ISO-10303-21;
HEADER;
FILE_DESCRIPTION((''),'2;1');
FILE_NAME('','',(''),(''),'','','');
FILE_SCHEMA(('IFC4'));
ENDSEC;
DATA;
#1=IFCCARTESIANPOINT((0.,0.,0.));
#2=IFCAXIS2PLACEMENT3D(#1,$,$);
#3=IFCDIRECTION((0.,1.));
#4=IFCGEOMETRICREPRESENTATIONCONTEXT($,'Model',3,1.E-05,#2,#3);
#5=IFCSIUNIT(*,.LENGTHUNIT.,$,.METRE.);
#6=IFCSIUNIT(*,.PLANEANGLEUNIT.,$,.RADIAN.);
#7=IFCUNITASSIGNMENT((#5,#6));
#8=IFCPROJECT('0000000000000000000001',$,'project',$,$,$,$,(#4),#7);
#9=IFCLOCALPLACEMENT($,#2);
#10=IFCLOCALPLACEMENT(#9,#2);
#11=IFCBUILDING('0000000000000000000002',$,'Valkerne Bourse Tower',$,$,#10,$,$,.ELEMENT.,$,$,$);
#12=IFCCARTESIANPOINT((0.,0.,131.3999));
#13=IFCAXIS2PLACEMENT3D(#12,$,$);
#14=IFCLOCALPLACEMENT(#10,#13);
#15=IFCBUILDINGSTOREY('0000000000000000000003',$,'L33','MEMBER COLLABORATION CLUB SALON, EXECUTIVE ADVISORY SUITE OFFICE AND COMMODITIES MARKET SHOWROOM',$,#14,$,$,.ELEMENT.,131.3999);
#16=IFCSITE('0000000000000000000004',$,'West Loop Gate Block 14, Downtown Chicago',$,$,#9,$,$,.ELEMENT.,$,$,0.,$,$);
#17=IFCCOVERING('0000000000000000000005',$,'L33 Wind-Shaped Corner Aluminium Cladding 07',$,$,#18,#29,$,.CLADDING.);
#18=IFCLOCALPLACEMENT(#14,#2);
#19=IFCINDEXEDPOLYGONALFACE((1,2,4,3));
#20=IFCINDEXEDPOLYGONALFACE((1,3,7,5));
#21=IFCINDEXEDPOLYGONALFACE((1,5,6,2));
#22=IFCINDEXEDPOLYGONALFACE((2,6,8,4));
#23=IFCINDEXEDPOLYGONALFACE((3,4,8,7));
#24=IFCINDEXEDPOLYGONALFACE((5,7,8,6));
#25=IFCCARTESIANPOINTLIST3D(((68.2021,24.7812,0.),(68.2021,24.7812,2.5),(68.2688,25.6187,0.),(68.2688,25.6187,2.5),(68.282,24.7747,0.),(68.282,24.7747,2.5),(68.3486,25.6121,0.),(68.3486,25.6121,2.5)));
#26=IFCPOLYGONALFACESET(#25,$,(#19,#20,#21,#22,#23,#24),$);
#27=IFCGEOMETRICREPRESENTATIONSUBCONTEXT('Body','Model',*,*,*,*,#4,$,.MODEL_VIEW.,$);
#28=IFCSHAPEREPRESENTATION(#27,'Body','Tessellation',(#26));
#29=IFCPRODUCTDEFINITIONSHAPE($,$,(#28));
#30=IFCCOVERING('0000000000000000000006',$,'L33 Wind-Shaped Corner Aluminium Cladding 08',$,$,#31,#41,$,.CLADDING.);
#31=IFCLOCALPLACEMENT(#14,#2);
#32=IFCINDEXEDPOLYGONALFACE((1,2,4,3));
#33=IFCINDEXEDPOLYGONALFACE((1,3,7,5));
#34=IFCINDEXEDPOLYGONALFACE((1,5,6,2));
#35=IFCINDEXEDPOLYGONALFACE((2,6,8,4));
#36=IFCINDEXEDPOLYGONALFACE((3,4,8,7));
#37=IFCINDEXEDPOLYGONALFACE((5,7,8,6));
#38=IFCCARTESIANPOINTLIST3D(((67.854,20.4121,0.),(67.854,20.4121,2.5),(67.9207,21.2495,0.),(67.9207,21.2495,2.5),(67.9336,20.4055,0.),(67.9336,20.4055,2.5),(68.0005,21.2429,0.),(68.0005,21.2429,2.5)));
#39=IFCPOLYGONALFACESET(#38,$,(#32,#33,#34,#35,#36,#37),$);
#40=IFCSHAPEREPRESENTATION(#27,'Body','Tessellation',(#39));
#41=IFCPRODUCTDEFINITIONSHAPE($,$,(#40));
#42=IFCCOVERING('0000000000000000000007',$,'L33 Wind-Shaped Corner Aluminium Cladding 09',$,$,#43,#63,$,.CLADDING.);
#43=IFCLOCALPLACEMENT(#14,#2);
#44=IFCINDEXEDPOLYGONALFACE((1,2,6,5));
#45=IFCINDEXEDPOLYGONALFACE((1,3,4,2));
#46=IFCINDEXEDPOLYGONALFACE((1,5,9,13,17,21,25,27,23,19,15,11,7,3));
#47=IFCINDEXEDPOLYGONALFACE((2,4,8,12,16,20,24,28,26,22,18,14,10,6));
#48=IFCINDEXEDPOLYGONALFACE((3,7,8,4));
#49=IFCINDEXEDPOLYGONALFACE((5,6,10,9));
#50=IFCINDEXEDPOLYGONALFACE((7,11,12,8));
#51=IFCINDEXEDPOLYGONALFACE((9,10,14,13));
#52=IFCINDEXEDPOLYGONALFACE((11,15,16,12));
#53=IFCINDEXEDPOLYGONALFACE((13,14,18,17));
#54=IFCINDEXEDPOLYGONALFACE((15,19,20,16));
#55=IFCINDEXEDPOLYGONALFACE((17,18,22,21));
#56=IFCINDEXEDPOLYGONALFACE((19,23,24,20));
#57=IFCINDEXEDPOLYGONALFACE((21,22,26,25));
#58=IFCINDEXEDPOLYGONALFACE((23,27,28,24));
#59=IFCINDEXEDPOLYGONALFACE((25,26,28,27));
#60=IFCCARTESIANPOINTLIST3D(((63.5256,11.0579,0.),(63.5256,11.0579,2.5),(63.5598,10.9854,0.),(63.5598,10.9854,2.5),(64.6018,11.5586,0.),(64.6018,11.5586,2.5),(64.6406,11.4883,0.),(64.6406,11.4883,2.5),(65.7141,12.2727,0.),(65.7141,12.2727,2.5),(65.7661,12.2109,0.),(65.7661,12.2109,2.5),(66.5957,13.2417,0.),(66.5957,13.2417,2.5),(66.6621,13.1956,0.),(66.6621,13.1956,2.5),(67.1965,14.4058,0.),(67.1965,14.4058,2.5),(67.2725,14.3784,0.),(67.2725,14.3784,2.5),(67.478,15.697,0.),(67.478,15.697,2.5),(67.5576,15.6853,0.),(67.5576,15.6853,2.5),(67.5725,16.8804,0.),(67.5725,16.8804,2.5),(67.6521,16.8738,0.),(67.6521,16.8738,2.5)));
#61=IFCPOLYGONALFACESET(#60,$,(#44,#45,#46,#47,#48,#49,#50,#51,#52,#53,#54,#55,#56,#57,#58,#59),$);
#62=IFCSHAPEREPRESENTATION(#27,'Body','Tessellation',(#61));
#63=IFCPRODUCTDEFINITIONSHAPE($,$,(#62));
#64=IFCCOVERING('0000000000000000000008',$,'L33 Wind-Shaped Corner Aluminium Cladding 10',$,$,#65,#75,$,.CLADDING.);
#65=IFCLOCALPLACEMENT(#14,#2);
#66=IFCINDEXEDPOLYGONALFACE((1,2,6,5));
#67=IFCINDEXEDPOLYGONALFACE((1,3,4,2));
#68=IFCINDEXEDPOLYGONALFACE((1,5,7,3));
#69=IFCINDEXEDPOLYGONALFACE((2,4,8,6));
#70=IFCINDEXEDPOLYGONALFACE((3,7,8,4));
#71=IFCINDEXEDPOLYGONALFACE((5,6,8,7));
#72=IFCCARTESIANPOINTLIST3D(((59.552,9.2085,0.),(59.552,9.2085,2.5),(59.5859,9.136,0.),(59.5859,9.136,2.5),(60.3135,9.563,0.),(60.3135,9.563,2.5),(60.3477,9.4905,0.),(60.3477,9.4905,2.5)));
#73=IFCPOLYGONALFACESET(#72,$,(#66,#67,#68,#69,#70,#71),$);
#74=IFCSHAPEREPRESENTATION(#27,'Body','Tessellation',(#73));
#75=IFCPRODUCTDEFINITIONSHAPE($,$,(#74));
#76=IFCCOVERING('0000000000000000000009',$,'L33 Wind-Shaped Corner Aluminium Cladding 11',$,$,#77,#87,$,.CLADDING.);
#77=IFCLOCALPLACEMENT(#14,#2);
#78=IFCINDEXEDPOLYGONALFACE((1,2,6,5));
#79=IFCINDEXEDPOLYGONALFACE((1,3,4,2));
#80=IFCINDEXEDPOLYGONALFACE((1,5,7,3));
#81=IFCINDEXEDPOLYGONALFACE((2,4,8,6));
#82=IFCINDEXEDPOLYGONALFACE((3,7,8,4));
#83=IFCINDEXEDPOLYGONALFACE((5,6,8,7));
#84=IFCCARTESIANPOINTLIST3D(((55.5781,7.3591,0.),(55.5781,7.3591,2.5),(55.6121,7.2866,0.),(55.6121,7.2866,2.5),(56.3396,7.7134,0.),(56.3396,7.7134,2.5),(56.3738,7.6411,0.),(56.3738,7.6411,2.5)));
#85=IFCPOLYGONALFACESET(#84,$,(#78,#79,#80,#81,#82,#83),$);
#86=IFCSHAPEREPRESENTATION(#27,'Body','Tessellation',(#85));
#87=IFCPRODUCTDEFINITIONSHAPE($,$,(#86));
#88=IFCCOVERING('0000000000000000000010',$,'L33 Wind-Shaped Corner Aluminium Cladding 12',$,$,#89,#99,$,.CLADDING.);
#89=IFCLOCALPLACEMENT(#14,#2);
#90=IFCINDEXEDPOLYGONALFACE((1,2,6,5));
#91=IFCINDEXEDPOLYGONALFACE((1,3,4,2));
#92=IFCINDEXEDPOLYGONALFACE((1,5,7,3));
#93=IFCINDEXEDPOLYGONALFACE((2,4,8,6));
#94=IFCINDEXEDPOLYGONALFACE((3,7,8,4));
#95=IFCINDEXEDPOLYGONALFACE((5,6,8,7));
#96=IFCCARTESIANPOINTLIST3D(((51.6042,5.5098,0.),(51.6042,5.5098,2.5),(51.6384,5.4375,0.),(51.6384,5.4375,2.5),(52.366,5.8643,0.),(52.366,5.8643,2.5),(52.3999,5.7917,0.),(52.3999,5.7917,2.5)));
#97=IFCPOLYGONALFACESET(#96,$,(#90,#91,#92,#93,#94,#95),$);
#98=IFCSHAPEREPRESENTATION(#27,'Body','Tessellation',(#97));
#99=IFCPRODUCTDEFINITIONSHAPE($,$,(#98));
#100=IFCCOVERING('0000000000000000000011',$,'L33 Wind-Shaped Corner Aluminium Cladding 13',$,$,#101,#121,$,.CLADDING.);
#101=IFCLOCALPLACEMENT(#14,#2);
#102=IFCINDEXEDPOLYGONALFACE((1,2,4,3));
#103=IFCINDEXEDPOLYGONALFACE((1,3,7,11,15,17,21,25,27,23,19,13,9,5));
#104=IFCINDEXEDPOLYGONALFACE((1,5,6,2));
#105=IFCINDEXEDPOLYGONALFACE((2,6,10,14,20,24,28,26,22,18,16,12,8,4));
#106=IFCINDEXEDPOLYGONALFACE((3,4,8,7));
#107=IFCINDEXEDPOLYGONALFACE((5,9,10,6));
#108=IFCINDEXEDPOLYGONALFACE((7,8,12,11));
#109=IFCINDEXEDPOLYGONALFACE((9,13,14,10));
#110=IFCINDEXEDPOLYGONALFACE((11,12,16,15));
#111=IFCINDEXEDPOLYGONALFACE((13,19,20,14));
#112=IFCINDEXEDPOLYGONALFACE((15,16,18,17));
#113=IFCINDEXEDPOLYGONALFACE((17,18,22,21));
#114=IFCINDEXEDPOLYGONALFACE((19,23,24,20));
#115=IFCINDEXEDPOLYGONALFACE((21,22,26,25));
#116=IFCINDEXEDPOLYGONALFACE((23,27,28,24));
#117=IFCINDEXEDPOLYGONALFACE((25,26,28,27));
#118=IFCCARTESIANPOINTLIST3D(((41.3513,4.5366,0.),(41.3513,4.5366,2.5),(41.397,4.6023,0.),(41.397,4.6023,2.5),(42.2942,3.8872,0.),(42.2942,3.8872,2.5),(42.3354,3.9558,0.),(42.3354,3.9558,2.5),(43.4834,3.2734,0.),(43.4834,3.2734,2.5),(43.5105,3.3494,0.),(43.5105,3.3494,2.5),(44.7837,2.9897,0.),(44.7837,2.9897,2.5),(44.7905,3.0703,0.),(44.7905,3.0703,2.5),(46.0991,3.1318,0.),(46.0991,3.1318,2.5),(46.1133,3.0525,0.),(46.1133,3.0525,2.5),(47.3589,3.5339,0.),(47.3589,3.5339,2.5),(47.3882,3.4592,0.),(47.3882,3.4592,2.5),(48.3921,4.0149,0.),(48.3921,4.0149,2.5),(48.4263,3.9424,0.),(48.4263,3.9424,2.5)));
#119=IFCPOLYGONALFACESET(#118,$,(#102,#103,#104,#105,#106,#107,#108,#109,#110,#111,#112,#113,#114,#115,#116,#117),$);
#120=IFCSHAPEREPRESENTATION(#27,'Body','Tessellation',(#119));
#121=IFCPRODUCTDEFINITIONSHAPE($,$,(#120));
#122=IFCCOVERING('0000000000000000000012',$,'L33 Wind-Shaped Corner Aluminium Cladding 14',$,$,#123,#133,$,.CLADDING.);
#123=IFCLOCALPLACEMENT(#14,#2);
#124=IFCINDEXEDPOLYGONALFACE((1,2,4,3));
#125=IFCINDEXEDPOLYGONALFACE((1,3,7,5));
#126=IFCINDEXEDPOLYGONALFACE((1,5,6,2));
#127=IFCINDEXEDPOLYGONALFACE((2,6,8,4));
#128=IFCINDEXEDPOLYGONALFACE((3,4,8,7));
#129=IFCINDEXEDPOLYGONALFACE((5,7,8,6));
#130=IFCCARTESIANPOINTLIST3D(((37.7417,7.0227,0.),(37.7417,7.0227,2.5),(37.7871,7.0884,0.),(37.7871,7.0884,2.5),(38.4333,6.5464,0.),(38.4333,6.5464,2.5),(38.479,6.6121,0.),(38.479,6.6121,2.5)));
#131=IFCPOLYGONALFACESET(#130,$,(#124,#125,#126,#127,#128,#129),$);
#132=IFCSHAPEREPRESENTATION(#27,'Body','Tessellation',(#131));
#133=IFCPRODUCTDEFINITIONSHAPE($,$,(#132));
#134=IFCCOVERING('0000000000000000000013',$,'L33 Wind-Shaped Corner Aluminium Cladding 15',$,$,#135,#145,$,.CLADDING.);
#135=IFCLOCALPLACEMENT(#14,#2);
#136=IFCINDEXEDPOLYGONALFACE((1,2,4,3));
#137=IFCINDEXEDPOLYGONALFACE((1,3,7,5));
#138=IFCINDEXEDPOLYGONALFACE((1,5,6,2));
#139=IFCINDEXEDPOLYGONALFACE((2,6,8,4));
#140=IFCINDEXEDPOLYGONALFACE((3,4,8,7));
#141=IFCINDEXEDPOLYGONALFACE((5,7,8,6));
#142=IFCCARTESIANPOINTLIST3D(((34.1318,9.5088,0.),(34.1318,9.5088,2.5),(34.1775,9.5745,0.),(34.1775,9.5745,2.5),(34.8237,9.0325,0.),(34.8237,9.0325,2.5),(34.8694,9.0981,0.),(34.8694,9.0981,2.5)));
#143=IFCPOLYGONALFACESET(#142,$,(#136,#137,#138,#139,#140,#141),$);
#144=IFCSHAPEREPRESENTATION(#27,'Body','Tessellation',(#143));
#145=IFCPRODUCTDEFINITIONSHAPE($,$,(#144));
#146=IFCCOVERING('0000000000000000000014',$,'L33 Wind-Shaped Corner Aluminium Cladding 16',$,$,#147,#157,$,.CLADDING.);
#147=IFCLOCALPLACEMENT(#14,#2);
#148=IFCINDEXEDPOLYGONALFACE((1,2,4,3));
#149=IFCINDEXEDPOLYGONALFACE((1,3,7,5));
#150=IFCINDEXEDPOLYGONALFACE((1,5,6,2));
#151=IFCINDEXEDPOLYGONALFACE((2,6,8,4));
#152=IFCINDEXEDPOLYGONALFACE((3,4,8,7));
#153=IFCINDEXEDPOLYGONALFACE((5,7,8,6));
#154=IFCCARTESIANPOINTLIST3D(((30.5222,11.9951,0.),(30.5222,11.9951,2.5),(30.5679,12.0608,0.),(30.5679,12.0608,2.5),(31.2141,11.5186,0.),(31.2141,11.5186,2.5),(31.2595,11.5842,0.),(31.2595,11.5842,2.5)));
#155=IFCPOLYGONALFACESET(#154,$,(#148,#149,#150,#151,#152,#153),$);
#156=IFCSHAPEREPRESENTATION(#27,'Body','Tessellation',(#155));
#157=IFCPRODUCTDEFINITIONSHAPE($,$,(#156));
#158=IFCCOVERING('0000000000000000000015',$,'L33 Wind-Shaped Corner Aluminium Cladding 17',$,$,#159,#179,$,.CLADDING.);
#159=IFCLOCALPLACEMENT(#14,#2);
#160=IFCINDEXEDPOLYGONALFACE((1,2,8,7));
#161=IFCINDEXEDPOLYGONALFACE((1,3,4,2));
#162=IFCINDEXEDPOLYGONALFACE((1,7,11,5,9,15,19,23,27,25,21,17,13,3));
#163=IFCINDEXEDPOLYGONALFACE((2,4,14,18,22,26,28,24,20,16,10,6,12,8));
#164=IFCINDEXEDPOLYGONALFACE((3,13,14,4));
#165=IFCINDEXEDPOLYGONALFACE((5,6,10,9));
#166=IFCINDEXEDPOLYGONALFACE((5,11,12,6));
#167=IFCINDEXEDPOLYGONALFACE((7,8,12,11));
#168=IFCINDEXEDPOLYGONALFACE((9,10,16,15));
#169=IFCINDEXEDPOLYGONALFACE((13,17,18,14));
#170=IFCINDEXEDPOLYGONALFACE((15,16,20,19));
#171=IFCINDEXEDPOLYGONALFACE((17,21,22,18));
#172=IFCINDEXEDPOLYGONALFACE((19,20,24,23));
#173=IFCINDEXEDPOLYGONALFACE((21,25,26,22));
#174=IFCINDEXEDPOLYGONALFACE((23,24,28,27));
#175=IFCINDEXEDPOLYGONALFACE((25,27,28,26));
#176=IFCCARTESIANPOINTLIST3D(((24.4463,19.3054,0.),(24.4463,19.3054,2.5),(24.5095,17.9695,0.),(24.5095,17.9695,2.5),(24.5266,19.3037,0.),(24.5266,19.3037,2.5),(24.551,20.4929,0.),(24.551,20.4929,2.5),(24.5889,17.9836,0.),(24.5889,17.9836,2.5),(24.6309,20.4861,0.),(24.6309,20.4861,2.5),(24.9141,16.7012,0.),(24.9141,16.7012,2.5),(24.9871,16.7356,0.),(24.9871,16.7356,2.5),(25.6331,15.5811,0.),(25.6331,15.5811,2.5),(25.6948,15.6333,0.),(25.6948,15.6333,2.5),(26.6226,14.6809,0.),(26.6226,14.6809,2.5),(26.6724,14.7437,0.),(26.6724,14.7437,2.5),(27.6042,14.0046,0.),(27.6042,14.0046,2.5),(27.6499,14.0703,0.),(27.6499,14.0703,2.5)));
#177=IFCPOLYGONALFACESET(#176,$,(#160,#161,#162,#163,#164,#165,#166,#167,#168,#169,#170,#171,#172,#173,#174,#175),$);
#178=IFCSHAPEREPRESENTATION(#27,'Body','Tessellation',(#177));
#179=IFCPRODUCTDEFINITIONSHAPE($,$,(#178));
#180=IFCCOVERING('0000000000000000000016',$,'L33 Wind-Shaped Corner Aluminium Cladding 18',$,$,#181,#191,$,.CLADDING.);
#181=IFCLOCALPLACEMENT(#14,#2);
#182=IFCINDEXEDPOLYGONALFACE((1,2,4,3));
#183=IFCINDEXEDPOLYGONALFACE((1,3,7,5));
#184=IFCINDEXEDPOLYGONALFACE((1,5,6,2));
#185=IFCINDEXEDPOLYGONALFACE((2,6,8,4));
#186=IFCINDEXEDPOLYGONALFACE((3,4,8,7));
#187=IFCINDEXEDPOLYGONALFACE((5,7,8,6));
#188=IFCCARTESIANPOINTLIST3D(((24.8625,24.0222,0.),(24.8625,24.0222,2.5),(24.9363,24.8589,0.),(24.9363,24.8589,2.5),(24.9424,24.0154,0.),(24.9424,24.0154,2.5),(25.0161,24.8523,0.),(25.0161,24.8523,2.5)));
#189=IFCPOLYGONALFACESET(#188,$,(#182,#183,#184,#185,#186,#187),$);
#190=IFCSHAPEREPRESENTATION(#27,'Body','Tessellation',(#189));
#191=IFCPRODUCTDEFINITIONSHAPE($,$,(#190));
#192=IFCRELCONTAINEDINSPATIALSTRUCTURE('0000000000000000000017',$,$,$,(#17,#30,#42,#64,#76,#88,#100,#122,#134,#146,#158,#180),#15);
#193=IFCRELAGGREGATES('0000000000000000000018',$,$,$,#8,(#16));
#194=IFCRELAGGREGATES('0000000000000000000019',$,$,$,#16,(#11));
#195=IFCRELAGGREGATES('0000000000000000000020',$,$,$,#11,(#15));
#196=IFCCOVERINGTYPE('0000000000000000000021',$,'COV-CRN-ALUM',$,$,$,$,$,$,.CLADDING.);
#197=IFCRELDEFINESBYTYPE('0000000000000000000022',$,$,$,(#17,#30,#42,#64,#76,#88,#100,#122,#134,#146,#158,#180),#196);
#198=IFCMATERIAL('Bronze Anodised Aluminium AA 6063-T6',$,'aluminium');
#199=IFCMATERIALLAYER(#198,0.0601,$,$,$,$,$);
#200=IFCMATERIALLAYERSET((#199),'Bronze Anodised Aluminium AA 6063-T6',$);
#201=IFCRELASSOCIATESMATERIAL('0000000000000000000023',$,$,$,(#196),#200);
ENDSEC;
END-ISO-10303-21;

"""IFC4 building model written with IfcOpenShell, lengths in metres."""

from ifc_helpers import new_model, si_unit, direction, frame, origin, place, context, subcontext, project, spatial, polyline, outline, extrude, material, layer, layer_set, type_object, element, save


model = new_model("IFC4")

# Units and contexts
model_context = context("Model", 3, precision=1e-05, world=origin(), true_north=direction((0.0, 1.0)))
body_context = subcontext(model_context, "Body", "Model", "MODEL_VIEW")
ifc_project = project(units=[si_unit("LENGTHUNIT", "METRE"), si_unit("PLANEANGLEUNIT", "RADIAN")], contexts=[model_context])

# Site, building, storey
site_placement = place(None, origin())
site = spatial("IfcSite", under=ifc_project, at=site_placement, Name="West Loop Gate Block 14, Downtown Chicago", CompositionType="ELEMENT", RefElevation=0.0)
building_placement = place(site_placement, origin())
building = spatial("IfcBuilding", under=site, at=building_placement, Name="Valkerne Bourse Tower", CompositionType="ELEMENT")
storey_placement = place(building_placement, frame((0.0, 0.0, 131.3999)))
storey = spatial("IfcBuildingStorey", under=building, at=storey_placement, Name="L33", Description="MEMBER COLLABORATION CLUB SALON, EXECUTIVE ADVISORY SUITE OFFICE AND COMMODITIES MARKET SHOWROOM", CompositionType="ELEMENT", Elevation=131.3999)

# Coverings
ifc_material_1 = material(Name="Bronze Anodised Aluminium AA 6063-T6", Category="aluminium")
ifc_layer_1 = layer(ifc_material_1, 0.0601)
ifc_layer_set_1 = layer_set([ifc_layer_1], Name="Bronze Anodised Aluminium AA 6063-T6")
covering_type = type_object("IfcCoveringType", Name="COV-CRN-ALUM", PredefinedType="CLADDING", material=ifc_layer_set_1)
covering_1_placement = place(storey_placement, origin())
element("IfcCovering", 1, at=covering_1_placement, inside=storey, type_object=covering_type, Name="L33 Wind-Shaped Corner Aluminium Cladding 07", PredefinedType="CLADDING", context=body_context, shape_type="SweptSolid", body=[
    extrude(outline(polyline([(68.282, 24.7747), (68.2021, 24.7812), (68.2688, 25.6187), (68.3486, 25.6121), (68.282, 24.7747)])), origin(), (0.0, 0.0, 1.0), 2.5),
])
covering_2_placement = place(storey_placement, origin())
element("IfcCovering", 2, at=covering_2_placement, inside=storey, type_object=covering_type, Name="L33 Wind-Shaped Corner Aluminium Cladding 08", PredefinedType="CLADDING", context=body_context, shape_type="SweptSolid", body=[
    extrude(outline(polyline([(67.9336, 20.4055), (67.854, 20.4121), (67.9207, 21.2495), (68.0005, 21.2429), (67.9336, 20.4055)])), origin(), (0.0, 0.0, 1.0), 2.5),
])
covering_3_placement = place(storey_placement, origin())
element("IfcCovering", 3, at=covering_3_placement, inside=storey, type_object=covering_type, Name="L33 Wind-Shaped Corner Aluminium Cladding 09", PredefinedType="CLADDING", context=body_context, shape_type="SweptSolid", body=[
    extrude(outline(polyline([(67.5576, 15.6853), (67.2725, 14.3784), (66.6621, 13.1956), (65.7661, 12.2109), (64.6406, 11.4883), (63.5598, 10.9854), (63.5256, 11.0579), (64.6018, 11.5586), (65.7141, 12.2727), (66.5957, 13.2417), (67.1965, 14.4058), (67.478, 15.697), (67.5725, 16.8804), (67.6521, 16.8738), (67.5576, 15.6853)])), origin(), (0.0, 0.0, 1.0), 2.5),
])
covering_4_placement = place(storey_placement, origin())
element("IfcCovering", 4, at=covering_4_placement, inside=storey, type_object=covering_type, Name="L33 Wind-Shaped Corner Aluminium Cladding 10", PredefinedType="CLADDING", context=body_context, shape_type="SweptSolid", body=[
    extrude(outline(polyline([(59.5859, 9.136), (59.552, 9.2085), (60.3135, 9.563), (60.3477, 9.4905), (59.5859, 9.136)])), origin(), (0.0, 0.0, 1.0), 2.5),
])
covering_5_placement = place(storey_placement, origin())
element("IfcCovering", 5, at=covering_5_placement, inside=storey, type_object=covering_type, Name="L33 Wind-Shaped Corner Aluminium Cladding 11", PredefinedType="CLADDING", context=body_context, shape_type="SweptSolid", body=[
    extrude(outline(polyline([(55.6121, 7.2866), (55.5781, 7.3591), (56.3396, 7.7134), (56.3738, 7.6411), (55.6121, 7.2866)])), origin(), (0.0, 0.0, 1.0), 2.5),
])
covering_6_placement = place(storey_placement, origin())
element("IfcCovering", 6, at=covering_6_placement, inside=storey, type_object=covering_type, Name="L33 Wind-Shaped Corner Aluminium Cladding 12", PredefinedType="CLADDING", context=body_context, shape_type="SweptSolid", body=[
    extrude(outline(polyline([(51.6384, 5.4375), (51.6042, 5.5098), (52.366, 5.8643), (52.3999, 5.7917), (51.6384, 5.4375)])), origin(), (0.0, 0.0, 1.0), 2.5),
])
covering_7_placement = place(storey_placement, origin())
element("IfcCovering", 7, at=covering_7_placement, inside=storey, type_object=covering_type, Name="L33 Wind-Shaped Corner Aluminium Cladding 13", PredefinedType="CLADDING", context=body_context, shape_type="SweptSolid", body=[
    extrude(outline(polyline([(47.3882, 3.4592), (46.1133, 3.0525), (44.7837, 2.9897), (43.4834, 3.2734), (42.2942, 3.8872), (41.3513, 4.5366), (41.397, 4.6023), (42.3354, 3.9558), (43.5105, 3.3494), (44.7905, 3.0703), (46.0991, 3.1318), (47.3589, 3.5339), (48.3921, 4.0149), (48.4263, 3.9424), (47.3882, 3.4592)])), origin(), (0.0, 0.0, 1.0), 2.5),
])
covering_8_placement = place(storey_placement, origin())
element("IfcCovering", 8, at=covering_8_placement, inside=storey, type_object=covering_type, Name="L33 Wind-Shaped Corner Aluminium Cladding 14", PredefinedType="CLADDING", context=body_context, shape_type="SweptSolid", body=[
    extrude(outline(polyline([(37.7417, 7.0227), (37.7871, 7.0884), (38.479, 6.6121), (38.4333, 6.5464), (37.7417, 7.0227)])), origin(), (0.0, 0.0, 1.0), 2.5),
])
covering_9_placement = place(storey_placement, origin())
element("IfcCovering", 9, at=covering_9_placement, inside=storey, type_object=covering_type, Name="L33 Wind-Shaped Corner Aluminium Cladding 15", PredefinedType="CLADDING", context=body_context, shape_type="SweptSolid", body=[
    extrude(outline(polyline([(34.1318, 9.5088), (34.1775, 9.5745), (34.8694, 9.0981), (34.8237, 9.0325), (34.1318, 9.5088)])), origin(), (0.0, 0.0, 1.0), 2.5),
])
covering_10_placement = place(storey_placement, origin())
element("IfcCovering", 10, at=covering_10_placement, inside=storey, type_object=covering_type, Name="L33 Wind-Shaped Corner Aluminium Cladding 16", PredefinedType="CLADDING", context=body_context, shape_type="SweptSolid", body=[
    extrude(outline(polyline([(30.5222, 11.9951), (30.5679, 12.0608), (31.2595, 11.5842), (31.2141, 11.5186), (30.5222, 11.9951)])), origin(), (0.0, 0.0, 1.0), 2.5),
])
covering_11_placement = place(storey_placement, origin())
element("IfcCovering", 11, at=covering_11_placement, inside=storey, type_object=covering_type, Name="L33 Wind-Shaped Corner Aluminium Cladding 17", PredefinedType="CLADDING", context=body_context, shape_type="SweptSolid", body=[
    extrude(outline(polyline([(26.6226, 14.6809), (25.6331, 15.5811), (24.9141, 16.7012), (24.5095, 17.9695), (24.4463, 19.3054), (24.551, 20.4929), (24.6309, 20.4861), (24.5266, 19.3037), (24.5889, 17.9836), (24.9871, 16.7356), (25.6948, 15.6333), (26.6724, 14.7437), (27.6499, 14.0703), (27.6042, 14.0046), (26.6226, 14.6809)])), origin(), (0.0, 0.0, 1.0), 2.5),
])
covering_12_placement = place(storey_placement, origin())
element("IfcCovering", 12, at=covering_12_placement, inside=storey, type_object=covering_type, Name="L33 Wind-Shaped Corner Aluminium Cladding 18", PredefinedType="CLADDING", context=body_context, shape_type="SweptSolid", body=[
    extrude(outline(polyline([(24.9363, 24.8589), (25.0161, 24.8523), (24.9424, 24.0154), (24.8625, 24.0222), (24.9363, 24.8589)])), origin(), (0.0, 0.0, 1.0), 2.5),
])

save(model, "model.ifc")
